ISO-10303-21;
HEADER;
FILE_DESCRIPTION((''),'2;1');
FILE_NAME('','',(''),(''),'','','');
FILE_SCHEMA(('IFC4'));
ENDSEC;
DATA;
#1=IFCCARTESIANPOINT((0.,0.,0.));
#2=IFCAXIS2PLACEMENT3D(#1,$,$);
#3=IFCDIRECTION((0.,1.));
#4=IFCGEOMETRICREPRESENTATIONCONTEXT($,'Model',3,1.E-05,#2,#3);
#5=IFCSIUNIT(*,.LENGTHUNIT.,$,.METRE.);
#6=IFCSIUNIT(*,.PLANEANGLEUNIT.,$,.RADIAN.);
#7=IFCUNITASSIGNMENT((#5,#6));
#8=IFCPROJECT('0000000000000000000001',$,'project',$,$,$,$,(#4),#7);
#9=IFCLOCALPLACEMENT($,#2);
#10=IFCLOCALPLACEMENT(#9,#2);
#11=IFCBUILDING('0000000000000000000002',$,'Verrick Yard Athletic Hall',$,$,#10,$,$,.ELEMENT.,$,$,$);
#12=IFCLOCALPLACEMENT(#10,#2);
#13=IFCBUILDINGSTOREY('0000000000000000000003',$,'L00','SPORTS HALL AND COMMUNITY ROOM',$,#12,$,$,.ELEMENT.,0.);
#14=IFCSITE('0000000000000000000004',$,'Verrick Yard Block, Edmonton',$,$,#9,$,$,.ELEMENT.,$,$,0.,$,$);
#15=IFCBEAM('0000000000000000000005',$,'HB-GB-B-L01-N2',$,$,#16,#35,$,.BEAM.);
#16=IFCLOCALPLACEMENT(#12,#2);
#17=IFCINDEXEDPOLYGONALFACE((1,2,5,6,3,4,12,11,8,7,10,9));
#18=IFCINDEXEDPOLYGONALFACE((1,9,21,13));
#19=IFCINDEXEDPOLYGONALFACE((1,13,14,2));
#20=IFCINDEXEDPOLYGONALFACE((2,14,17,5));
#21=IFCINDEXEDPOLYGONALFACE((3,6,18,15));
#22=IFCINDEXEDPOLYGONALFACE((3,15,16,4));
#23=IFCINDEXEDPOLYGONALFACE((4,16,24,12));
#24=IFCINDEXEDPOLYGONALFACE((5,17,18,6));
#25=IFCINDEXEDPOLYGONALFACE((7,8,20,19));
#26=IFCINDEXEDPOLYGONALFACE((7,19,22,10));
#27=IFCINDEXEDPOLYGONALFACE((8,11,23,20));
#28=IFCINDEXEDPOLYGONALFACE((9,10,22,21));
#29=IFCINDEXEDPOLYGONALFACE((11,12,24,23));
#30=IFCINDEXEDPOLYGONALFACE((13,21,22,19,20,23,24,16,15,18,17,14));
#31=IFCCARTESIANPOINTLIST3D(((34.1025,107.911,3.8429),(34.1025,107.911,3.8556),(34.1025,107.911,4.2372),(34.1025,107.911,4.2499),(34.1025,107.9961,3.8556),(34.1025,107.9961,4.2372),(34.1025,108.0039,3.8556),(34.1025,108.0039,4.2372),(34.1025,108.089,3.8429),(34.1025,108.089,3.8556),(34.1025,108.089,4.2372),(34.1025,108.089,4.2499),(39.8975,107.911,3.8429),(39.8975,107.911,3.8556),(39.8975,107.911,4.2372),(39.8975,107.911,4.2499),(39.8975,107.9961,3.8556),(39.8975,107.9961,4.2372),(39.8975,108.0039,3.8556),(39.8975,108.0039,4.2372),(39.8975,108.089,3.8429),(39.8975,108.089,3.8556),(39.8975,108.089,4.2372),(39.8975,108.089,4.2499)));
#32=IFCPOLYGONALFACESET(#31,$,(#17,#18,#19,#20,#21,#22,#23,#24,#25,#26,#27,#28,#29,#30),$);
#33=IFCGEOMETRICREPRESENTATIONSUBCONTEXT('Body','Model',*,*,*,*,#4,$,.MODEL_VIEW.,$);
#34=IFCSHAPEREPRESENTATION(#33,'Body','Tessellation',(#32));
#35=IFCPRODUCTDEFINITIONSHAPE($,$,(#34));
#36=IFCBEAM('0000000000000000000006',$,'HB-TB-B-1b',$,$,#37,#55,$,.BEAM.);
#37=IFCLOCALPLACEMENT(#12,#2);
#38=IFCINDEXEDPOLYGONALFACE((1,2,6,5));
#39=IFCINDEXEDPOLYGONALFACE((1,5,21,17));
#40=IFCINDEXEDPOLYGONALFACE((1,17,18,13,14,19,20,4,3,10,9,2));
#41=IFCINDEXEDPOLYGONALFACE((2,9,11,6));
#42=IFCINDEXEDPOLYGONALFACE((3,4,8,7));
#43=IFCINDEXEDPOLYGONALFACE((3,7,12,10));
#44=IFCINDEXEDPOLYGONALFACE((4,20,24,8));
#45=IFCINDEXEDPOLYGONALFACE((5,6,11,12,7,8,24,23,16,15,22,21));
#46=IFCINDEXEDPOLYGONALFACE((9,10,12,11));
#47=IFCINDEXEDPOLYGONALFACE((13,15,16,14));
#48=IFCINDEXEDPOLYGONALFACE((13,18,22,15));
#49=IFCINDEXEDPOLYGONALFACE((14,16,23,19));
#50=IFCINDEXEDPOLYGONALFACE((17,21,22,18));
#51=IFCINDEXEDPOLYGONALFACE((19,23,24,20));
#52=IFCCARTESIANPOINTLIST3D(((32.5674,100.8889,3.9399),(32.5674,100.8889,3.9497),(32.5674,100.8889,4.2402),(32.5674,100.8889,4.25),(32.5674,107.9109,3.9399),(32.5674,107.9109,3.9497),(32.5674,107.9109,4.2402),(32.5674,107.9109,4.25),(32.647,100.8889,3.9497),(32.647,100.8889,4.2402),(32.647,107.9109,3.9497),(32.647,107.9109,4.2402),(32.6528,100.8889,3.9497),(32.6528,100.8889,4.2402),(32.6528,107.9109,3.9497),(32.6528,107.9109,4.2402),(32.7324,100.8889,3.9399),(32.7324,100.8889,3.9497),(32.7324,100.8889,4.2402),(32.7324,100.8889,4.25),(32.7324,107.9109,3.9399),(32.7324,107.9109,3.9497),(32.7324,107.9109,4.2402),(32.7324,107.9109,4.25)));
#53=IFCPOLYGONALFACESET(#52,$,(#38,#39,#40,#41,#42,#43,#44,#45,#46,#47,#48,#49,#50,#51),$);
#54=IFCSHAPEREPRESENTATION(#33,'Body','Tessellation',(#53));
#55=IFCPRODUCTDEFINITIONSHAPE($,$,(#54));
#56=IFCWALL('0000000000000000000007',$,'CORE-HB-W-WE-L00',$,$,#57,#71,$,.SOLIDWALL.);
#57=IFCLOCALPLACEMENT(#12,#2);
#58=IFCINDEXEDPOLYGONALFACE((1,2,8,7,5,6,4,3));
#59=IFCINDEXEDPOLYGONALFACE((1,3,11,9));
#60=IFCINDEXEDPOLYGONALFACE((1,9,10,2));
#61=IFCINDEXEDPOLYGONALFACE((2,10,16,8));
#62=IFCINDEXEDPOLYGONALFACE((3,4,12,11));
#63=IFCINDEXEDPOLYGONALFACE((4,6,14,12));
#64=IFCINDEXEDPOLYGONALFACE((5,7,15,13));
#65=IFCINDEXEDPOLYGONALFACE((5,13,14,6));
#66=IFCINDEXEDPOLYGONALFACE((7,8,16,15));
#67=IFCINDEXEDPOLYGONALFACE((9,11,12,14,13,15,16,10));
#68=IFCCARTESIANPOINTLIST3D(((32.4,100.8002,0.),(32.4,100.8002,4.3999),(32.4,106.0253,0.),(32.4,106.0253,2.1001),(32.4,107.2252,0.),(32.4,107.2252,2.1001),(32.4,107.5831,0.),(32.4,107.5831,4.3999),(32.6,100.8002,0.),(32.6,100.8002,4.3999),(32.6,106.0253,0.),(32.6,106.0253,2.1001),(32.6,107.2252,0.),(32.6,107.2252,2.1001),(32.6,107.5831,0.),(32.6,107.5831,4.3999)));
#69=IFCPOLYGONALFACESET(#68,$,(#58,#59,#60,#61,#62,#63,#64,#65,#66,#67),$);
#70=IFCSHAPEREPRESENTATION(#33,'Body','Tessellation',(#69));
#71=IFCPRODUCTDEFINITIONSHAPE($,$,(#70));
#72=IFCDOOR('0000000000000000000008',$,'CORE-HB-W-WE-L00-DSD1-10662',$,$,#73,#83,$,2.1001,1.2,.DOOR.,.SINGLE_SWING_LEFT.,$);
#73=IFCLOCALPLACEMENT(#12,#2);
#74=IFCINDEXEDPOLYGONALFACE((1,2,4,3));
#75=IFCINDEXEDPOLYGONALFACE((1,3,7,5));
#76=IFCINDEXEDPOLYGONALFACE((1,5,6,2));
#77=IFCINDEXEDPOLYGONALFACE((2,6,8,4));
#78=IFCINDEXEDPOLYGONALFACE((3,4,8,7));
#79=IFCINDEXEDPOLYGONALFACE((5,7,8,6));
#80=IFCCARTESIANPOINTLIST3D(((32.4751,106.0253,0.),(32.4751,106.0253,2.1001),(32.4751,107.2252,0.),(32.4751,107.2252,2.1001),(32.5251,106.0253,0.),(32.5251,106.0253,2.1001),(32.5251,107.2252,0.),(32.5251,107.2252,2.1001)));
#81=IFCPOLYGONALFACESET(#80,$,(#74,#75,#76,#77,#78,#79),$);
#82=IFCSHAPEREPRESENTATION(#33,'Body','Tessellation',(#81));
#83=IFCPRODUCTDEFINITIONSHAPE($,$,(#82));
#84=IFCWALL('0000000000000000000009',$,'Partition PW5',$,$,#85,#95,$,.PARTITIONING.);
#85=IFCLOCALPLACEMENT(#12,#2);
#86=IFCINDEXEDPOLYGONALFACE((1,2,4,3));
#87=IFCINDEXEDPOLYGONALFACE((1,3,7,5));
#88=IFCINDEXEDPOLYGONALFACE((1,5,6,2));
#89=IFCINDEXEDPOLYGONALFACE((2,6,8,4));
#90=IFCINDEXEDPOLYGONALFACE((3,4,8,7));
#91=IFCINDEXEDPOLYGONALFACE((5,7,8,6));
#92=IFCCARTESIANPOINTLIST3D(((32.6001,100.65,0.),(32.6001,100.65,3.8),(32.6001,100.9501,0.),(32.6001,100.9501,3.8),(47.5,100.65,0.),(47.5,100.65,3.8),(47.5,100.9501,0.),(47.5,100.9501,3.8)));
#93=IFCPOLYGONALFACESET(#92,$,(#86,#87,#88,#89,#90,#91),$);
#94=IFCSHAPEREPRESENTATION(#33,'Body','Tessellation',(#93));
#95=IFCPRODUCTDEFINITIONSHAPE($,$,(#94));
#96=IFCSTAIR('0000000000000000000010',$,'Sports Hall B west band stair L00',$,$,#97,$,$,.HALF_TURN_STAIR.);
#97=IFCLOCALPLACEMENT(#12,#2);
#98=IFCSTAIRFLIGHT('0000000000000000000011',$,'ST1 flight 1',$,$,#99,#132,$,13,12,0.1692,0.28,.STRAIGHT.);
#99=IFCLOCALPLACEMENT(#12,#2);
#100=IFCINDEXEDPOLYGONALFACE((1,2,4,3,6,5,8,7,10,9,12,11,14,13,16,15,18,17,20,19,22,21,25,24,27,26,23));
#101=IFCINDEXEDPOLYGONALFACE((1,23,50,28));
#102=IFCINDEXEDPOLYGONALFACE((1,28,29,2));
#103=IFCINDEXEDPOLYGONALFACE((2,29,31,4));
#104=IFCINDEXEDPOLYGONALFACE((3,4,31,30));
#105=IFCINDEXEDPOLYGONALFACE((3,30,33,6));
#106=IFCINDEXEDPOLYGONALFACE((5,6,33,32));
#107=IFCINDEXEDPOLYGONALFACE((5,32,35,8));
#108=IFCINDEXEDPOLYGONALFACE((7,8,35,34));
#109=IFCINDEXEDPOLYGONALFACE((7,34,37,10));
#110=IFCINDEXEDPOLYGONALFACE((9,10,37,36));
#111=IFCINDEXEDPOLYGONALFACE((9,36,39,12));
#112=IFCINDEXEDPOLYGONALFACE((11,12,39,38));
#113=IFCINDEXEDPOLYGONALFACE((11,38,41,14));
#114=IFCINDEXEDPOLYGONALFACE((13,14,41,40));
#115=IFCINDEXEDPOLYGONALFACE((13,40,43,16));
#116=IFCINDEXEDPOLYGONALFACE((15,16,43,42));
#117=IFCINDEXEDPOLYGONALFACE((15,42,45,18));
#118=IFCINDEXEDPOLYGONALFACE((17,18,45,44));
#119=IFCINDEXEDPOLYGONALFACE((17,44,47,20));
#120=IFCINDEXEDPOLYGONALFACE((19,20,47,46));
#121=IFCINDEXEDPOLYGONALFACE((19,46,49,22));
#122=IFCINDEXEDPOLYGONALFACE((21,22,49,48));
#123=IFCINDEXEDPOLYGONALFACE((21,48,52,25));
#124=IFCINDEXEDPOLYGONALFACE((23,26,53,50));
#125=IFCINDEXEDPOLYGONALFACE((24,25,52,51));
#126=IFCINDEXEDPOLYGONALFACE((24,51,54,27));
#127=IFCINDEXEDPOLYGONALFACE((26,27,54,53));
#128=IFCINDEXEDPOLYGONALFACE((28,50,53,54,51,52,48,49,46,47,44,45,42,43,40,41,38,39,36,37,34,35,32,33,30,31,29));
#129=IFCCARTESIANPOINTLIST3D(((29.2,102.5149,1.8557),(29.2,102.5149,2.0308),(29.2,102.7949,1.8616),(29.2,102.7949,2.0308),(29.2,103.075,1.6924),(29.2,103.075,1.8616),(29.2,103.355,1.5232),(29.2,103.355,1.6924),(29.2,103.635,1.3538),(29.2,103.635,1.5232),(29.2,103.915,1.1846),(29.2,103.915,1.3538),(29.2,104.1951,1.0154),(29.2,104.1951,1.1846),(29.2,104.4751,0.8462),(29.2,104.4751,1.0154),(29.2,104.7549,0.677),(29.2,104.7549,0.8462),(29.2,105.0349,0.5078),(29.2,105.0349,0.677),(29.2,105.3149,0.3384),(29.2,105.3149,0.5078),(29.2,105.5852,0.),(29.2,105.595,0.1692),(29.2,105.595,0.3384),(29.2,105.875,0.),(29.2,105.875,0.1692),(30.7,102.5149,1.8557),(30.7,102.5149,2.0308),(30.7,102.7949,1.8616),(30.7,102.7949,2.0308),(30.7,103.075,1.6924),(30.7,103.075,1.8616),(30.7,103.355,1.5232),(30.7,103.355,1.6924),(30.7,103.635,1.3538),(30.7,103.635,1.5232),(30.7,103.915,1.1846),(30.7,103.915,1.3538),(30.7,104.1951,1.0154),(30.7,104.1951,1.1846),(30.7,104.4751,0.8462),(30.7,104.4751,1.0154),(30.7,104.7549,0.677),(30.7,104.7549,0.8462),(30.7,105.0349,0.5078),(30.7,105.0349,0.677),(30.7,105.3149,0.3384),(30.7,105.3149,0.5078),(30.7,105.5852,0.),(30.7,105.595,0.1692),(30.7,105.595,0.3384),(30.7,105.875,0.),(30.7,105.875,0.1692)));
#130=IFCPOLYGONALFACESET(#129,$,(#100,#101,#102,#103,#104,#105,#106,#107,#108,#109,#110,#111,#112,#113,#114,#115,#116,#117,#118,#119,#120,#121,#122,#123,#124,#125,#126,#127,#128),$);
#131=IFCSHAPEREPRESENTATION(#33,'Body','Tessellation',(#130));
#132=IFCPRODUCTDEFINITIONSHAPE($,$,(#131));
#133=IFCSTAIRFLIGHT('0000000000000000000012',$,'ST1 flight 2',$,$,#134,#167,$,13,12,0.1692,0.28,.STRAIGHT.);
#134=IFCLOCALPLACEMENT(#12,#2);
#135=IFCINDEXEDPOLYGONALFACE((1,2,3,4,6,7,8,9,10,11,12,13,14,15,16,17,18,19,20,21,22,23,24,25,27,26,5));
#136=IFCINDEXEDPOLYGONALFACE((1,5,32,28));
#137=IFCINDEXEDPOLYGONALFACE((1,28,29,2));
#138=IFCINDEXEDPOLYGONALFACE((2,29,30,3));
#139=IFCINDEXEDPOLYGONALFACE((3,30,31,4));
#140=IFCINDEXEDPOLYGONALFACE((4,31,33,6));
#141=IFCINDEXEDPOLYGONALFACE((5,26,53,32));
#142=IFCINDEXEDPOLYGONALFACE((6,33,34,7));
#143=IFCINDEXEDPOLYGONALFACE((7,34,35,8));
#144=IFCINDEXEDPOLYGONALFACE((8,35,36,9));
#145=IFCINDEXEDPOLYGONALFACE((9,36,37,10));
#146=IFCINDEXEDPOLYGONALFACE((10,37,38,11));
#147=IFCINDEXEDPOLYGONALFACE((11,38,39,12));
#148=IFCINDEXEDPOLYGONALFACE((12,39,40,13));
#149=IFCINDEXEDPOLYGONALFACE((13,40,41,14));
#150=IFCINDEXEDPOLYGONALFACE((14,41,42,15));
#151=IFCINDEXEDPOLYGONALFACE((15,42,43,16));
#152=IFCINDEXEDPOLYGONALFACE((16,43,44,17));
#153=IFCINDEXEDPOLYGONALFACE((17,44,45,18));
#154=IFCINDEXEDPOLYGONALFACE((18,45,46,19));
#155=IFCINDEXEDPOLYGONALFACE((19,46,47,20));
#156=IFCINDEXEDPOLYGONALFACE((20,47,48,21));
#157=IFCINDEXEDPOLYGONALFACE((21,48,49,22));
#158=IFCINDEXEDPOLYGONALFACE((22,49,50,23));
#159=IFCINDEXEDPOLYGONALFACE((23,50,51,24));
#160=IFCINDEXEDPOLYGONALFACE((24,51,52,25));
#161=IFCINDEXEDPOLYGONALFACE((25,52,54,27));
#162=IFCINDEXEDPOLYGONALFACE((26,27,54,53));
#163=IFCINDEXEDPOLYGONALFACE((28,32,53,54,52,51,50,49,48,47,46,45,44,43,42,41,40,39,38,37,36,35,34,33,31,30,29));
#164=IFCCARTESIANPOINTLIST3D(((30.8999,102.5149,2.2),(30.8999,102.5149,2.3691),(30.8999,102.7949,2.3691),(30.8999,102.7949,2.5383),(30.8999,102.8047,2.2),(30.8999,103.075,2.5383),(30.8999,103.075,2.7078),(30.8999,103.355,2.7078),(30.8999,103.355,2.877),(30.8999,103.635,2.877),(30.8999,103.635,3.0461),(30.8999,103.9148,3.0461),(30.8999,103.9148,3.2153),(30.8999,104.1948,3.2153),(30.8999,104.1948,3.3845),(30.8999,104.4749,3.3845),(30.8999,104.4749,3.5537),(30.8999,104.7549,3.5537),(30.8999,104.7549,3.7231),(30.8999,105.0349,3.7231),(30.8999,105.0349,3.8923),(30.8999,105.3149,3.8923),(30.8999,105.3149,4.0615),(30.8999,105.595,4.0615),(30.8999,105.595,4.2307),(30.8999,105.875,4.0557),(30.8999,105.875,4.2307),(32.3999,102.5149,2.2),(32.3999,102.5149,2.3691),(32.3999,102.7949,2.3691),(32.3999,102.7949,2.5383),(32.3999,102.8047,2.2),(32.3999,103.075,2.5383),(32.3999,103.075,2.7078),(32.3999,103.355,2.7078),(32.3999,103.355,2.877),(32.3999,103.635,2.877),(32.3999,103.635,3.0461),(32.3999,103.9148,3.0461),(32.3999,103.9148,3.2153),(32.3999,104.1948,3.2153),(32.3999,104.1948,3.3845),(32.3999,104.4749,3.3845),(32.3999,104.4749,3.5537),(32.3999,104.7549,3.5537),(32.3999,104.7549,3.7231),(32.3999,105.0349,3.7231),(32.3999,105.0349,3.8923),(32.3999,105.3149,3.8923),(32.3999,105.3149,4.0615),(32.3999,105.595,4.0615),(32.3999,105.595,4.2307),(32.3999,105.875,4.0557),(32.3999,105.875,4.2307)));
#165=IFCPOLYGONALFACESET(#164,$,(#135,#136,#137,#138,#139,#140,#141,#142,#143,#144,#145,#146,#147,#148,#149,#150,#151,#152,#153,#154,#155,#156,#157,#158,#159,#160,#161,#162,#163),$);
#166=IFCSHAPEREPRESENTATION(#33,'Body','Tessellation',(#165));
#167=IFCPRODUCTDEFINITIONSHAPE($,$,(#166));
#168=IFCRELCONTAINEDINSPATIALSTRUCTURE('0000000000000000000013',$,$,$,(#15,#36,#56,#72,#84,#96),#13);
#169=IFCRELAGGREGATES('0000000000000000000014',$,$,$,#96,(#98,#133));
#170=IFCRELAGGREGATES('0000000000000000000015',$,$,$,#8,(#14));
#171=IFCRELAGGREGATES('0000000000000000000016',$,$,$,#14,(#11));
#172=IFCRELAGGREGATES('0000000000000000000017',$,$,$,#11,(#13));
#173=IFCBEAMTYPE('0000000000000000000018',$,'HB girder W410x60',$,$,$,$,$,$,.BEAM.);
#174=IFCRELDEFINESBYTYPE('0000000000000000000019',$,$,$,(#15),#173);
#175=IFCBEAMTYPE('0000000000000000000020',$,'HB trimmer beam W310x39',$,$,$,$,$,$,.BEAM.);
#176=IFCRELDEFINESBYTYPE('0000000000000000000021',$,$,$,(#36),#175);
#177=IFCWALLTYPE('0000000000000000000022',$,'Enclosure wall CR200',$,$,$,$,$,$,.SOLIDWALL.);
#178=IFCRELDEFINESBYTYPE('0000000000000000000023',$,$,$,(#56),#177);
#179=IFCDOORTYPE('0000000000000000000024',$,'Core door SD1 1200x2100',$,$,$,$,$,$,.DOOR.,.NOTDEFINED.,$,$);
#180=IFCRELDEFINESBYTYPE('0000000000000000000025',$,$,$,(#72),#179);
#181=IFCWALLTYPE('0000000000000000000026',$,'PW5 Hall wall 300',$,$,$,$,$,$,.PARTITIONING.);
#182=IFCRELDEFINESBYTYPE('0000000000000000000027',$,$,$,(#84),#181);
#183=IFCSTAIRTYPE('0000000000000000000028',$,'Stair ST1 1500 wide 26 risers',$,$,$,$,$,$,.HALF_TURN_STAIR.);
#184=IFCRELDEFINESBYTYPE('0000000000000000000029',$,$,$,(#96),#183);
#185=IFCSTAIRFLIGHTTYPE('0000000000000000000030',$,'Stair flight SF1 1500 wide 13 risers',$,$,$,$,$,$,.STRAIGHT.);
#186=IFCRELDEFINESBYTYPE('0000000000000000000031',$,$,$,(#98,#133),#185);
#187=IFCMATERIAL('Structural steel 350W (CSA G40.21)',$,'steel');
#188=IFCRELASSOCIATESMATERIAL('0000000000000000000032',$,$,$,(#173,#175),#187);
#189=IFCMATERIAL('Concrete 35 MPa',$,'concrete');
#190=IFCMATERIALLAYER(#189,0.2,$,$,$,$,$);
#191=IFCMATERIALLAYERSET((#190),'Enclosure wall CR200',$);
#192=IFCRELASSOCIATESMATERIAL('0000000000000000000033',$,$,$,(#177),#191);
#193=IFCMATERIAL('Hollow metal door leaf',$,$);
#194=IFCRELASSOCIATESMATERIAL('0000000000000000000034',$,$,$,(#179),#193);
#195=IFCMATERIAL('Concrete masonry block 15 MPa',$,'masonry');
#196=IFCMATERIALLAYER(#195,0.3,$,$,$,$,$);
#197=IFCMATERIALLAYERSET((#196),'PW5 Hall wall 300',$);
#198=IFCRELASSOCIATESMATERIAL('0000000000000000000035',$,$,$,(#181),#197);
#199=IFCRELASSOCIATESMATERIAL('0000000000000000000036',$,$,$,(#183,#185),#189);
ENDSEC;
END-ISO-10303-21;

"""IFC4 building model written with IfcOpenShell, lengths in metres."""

from ifc_helpers import new_model, si_unit, direction, frame, frame_2d, origin, origin_2d, place, context, subcontext, project, spatial, polyline, rectangle, i_section, outline, extrude, material, layer, layer_set, material_profile, profile_set, type_object, element, fill, aggregate, save


model = new_model("IFC4")

# Units and contexts
model_context = context("Model", 3, precision=1e-05, world=origin(), true_north=direction((0.0, 1.0)))
body_context = subcontext(model_context, "Body", "Model", "MODEL_VIEW")
ifc_project = project(units=[si_unit("LENGTHUNIT", "METRE"), si_unit("PLANEANGLEUNIT", "RADIAN")], contexts=[model_context])

# Site, building, storey
site_placement = place(None, origin())
site = spatial("IfcSite", under=ifc_project, at=site_placement, Name="Verrick Yard Block, Edmonton", CompositionType="ELEMENT", RefElevation=0.0)
building_placement = place(site_placement, origin())
building = spatial("IfcBuilding", under=site, at=building_placement, Name="Verrick Yard Athletic Hall", CompositionType="ELEMENT")
storey_placement = place(building_placement, origin())
storey = spatial("IfcBuildingStorey", under=building, at=storey_placement, Name="L00", Description="SPORTS HALL AND COMMUNITY ROOM", CompositionType="ELEMENT", Elevation=0.0)

# Shared definitions
ifc_material_1 = material(Name="Concrete 35 MPa", Category="concrete")

# Shared definitions
ifc_material_2 = material(Name="Structural steel 350W (CSA G40.21)", Category="steel")

# Beams
ifc_material_profile_1 = material_profile(ifc_material_2, i_section(OverallWidth=0.178, OverallDepth=0.407, WebThickness=0.0078, FlangeThickness=0.0127, at=origin_2d()), Name="W410x60")
ifc_profile_set_1 = profile_set([ifc_material_profile_1], Name="Structural steel 350W (CSA G40.21)")
beam_type_1 = type_object("IfcBeamType", Name="HB girder W410x60", PredefinedType="BEAM", material=ifc_profile_set_1)
for number, where, z_axis, x_axis, name in (
    (1, (34.1025, 108.0, 4.0464), (1.0, 0.0, 0.0), (0.0, 1.0, 0.0), "HB-GB-B-L01-N2"),
):
    element("IfcBeam", number, at=place(storey_placement, frame(where, z_axis=z_axis, x_axis=x_axis)), inside=storey, type_object=beam_type_1, Name=name, PredefinedType="BEAM", context=body_context, shape_type="SweptSolid", body=[
        extrude(i_section(OverallWidth=0.178, OverallDepth=0.407, WebThickness=0.0078, FlangeThickness=0.0127, at=origin_2d()), origin(), (0.0, 0.0, 1.0), 5.7949),
    ])
ifc_material_profile_2 = material_profile(ifc_material_2, i_section(OverallWidth=0.165, OverallDepth=0.3101, WebThickness=0.0059, FlangeThickness=0.0098, at=origin_2d()), Name="W310x39")
ifc_profile_set_2 = profile_set([ifc_material_profile_2], Name="Structural steel 350W (CSA G40.21)")
beam_type_2 = type_object("IfcBeamType", Name="HB trimmer beam W310x39", PredefinedType="BEAM", material=ifc_profile_set_2)
beam_placement = place(storey_placement, frame((32.6499, 100.8889, 4.095), z_axis=(0.0, 1.0, 0.0), x_axis=(-1.0, 0.0, 0.0)))
element("IfcBeam", 2, at=beam_placement, inside=storey, type_object=beam_type_2, Name="HB-TB-B-1b", PredefinedType="BEAM", context=body_context, shape_type="SweptSolid", body=[
    extrude(i_section(OverallWidth=0.165, OverallDepth=0.3101, WebThickness=0.0059, FlangeThickness=0.0098, at=origin_2d()), origin(), (0.0, 0.0, 1.0), 7.022),
])

# Wall, opening, door
ifc_layer_1 = layer(ifc_material_1, 0.2)
ifc_layer_set_1 = layer_set([ifc_layer_1], Name="Enclosure wall CR200")
wall_type_1 = type_object("IfcWallType", Name="Enclosure wall CR200", PredefinedType="SOLIDWALL", material=ifc_layer_set_1)
wall_1_placement = place(storey_placement, frame((32.5, 100.8, 0.0), z_axis=(0.0, 0.0, 1.0), x_axis=(0.0, 1.0, 0.0)))
wall_1 = element("IfcWall", 3, at=wall_1_placement, inside=storey, type_object=wall_type_1, Name="CORE-HB-W-WE-L00", PredefinedType="SOLIDWALL", context=body_context, shape_type="SweptSolid", body=[
    extrude(rectangle(XDim=6.783, YDim=0.2, at=frame_2d((3.3916, 0.0))), origin(), (0.0, 0.0, 1.0), 4.3999),
])
opening_placement = place(wall_1_placement, frame((5.2251, 0.0, 0.0)))
opening = element("IfcOpeningElement", 4, at=opening_placement, cuts=wall_1, PredefinedType="OPENING", context=body_context, shape_type="SweptSolid", body=[
    extrude(rectangle(XDim=1.2, YDim=2.1001, at=frame_2d((0.6001, 1.05))), frame((0.0, 0.1099, 0.0), z_axis=(0.0, -1.0, 0.0), x_axis=(1.0, 0.0, 0.0)), (0.0, 0.0, 1.0), 0.22),
])
ifc_material_3 = material(Name="Hollow metal door leaf")
door_type = type_object("IfcDoorType", Name="Core door SD1 1200x2100", OperationType="NOTDEFINED", PredefinedType="DOOR", material=ifc_material_3)
door_placement = place(opening_placement, origin())
door = element("IfcDoor", 5, at=door_placement, inside=storey, type_object=door_type, Name="CORE-HB-W-WE-L00-DSD1-10662", OperationType="SINGLE_SWING_LEFT", OverallHeight=2.1001, OverallWidth=1.2, PredefinedType="DOOR", context=body_context, shape_type="SweptSolid", body=[
    extrude(rectangle(XDim=1.2, YDim=2.1001, at=frame_2d((0.6001, 1.05))), frame((0.0, 0.0249, 0.0), z_axis=(0.0, -1.0, 0.0), x_axis=(1.0, 0.0, 0.0)), (0.0, 0.0, 1.0), 0.05),
])
fill(opening, door)

# Wall
ifc_material_4 = material(Name="Concrete masonry block 15 MPa", Category="masonry")
ifc_layer_2 = layer(ifc_material_4, 0.3)
ifc_layer_set_2 = layer_set([ifc_layer_2], Name="PW5 Hall wall 300")
wall_type_2 = type_object("IfcWallType", Name="PW5 Hall wall 300", PredefinedType="PARTITIONING", material=ifc_layer_set_2)
wall_2_placement = place(storey_placement, frame((32.6001, 100.8, 0.0), z_axis=(0.0, 0.0, 1.0), x_axis=(1.0, 0.0, 0.0)))
element("IfcWall", 6, at=wall_2_placement, inside=storey, type_object=wall_type_2, Name="Partition PW5", PredefinedType="PARTITIONING", context=body_context, shape_type="SweptSolid", body=[
    extrude(rectangle(XDim=14.8999, YDim=0.3, at=frame_2d((7.45, 0.0))), origin(), (0.0, 0.0, 1.0), 3.8),
])

# Stair, stair flights
stair_type = type_object("IfcStairType", Name="Stair ST1 1500 wide 26 risers", PredefinedType="HALF_TURN_STAIR", material=ifc_material_1)
stair_placement = place(storey_placement, origin())
stair = element("IfcStair", 7, at=stair_placement, inside=storey, type_object=stair_type, Name="Sports Hall B west band stair L00", PredefinedType="HALF_TURN_STAIR")
stair_flight_type = type_object("IfcStairFlightType", Name="Stair flight SF1 1500 wide 13 risers", PredefinedType="STRAIGHT", material=ifc_material_1)
stair_flight_1_placement = place(storey_placement, frame((29.95, 105.875, 0.0), z_axis=(0.0, 0.0, 1.0), x_axis=(0.0, -1.0, 0.0)))
stair_flight_1 = element("IfcStairFlight", 8, at=stair_flight_1_placement, type_object=stair_flight_type, Name="ST1 flight 1", NumberOfRisers=13, NumberOfTreads=12, PredefinedType="STRAIGHT", RiserHeight=0.1692, TreadLength=0.28, context=body_context, shape_type="SweptSolid", body=[
    extrude(outline(polyline([(0.0, 0.0), (0.0, 0.1692), (0.28, 0.1692), (0.28, 0.3384), (0.5601, 0.3384), (0.5601, 0.5078), (0.8401, 0.5078), (0.8401, 0.677), (1.1201, 0.677), (1.1201, 0.8462), (1.3999, 0.8462), (1.3999, 1.0154), (1.6799, 1.0154), (1.6799, 1.1846), (1.96, 1.1846), (1.96, 1.3538), (2.24, 1.3538), (2.24, 1.5232), (2.52, 1.5232), (2.52, 1.6924), (2.8, 1.6924), (2.8, 1.8616), (3.0801, 1.8616), (3.0801, 2.0308), (3.3601, 2.0308), (3.3601, 2.2), (3.3601, 1.8557), (0.2898, 0.0), (0.0, 0.0)])), frame((0.0, 0.75, 0.0), z_axis=(0.0, -1.0, 0.0), x_axis=(1.0, 0.0, 0.0)), (0.0, 0.0, 1.0), 1.5),
])
stair_flight_2_placement = place(storey_placement, frame((31.6499, 102.5149, 2.2), z_axis=(0.0, 0.0, 1.0), x_axis=(0.0, 1.0, 0.0)))
stair_flight_2 = element("IfcStairFlight", 9, at=stair_flight_2_placement, type_object=stair_flight_type, Name="ST1 flight 2", NumberOfRisers=13, NumberOfTreads=12, PredefinedType="STRAIGHT", RiserHeight=0.1692, TreadLength=0.28, context=body_context, shape_type="SweptSolid", body=[
    extrude(outline(polyline([(0.0, 0.0), (0.0, 0.1692), (0.28, 0.1692), (0.28, 0.3384), (0.5601, 0.3384), (0.5601, 0.5078), (0.8401, 0.5078), (0.8401, 0.677), (1.1201, 0.677), (1.1201, 0.8462), (1.3999, 0.8462), (1.3999, 1.0154), (1.6799, 1.0154), (1.6799, 1.1846), (1.96, 1.1846), (1.96, 1.3538), (2.24, 1.3538), (2.24, 1.5232), (2.52, 1.5232), (2.52, 1.6924), (2.8, 1.6924), (2.8, 1.8616), (3.0801, 1.8616), (3.0801, 2.0308), (3.3601, 2.0308), (3.3601, 2.2), (3.3601, 1.8557), (0.2898, 0.0), (0.0, 0.0)])), frame((0.0, 0.75, 0.0), z_axis=(0.0, -1.0, 0.0), x_axis=(1.0, 0.0, 0.0)), (0.0, 0.0, 1.0), 1.5),
])
aggregate(stair, [stair_flight_1, stair_flight_2])

save(model, "model.ifc")
